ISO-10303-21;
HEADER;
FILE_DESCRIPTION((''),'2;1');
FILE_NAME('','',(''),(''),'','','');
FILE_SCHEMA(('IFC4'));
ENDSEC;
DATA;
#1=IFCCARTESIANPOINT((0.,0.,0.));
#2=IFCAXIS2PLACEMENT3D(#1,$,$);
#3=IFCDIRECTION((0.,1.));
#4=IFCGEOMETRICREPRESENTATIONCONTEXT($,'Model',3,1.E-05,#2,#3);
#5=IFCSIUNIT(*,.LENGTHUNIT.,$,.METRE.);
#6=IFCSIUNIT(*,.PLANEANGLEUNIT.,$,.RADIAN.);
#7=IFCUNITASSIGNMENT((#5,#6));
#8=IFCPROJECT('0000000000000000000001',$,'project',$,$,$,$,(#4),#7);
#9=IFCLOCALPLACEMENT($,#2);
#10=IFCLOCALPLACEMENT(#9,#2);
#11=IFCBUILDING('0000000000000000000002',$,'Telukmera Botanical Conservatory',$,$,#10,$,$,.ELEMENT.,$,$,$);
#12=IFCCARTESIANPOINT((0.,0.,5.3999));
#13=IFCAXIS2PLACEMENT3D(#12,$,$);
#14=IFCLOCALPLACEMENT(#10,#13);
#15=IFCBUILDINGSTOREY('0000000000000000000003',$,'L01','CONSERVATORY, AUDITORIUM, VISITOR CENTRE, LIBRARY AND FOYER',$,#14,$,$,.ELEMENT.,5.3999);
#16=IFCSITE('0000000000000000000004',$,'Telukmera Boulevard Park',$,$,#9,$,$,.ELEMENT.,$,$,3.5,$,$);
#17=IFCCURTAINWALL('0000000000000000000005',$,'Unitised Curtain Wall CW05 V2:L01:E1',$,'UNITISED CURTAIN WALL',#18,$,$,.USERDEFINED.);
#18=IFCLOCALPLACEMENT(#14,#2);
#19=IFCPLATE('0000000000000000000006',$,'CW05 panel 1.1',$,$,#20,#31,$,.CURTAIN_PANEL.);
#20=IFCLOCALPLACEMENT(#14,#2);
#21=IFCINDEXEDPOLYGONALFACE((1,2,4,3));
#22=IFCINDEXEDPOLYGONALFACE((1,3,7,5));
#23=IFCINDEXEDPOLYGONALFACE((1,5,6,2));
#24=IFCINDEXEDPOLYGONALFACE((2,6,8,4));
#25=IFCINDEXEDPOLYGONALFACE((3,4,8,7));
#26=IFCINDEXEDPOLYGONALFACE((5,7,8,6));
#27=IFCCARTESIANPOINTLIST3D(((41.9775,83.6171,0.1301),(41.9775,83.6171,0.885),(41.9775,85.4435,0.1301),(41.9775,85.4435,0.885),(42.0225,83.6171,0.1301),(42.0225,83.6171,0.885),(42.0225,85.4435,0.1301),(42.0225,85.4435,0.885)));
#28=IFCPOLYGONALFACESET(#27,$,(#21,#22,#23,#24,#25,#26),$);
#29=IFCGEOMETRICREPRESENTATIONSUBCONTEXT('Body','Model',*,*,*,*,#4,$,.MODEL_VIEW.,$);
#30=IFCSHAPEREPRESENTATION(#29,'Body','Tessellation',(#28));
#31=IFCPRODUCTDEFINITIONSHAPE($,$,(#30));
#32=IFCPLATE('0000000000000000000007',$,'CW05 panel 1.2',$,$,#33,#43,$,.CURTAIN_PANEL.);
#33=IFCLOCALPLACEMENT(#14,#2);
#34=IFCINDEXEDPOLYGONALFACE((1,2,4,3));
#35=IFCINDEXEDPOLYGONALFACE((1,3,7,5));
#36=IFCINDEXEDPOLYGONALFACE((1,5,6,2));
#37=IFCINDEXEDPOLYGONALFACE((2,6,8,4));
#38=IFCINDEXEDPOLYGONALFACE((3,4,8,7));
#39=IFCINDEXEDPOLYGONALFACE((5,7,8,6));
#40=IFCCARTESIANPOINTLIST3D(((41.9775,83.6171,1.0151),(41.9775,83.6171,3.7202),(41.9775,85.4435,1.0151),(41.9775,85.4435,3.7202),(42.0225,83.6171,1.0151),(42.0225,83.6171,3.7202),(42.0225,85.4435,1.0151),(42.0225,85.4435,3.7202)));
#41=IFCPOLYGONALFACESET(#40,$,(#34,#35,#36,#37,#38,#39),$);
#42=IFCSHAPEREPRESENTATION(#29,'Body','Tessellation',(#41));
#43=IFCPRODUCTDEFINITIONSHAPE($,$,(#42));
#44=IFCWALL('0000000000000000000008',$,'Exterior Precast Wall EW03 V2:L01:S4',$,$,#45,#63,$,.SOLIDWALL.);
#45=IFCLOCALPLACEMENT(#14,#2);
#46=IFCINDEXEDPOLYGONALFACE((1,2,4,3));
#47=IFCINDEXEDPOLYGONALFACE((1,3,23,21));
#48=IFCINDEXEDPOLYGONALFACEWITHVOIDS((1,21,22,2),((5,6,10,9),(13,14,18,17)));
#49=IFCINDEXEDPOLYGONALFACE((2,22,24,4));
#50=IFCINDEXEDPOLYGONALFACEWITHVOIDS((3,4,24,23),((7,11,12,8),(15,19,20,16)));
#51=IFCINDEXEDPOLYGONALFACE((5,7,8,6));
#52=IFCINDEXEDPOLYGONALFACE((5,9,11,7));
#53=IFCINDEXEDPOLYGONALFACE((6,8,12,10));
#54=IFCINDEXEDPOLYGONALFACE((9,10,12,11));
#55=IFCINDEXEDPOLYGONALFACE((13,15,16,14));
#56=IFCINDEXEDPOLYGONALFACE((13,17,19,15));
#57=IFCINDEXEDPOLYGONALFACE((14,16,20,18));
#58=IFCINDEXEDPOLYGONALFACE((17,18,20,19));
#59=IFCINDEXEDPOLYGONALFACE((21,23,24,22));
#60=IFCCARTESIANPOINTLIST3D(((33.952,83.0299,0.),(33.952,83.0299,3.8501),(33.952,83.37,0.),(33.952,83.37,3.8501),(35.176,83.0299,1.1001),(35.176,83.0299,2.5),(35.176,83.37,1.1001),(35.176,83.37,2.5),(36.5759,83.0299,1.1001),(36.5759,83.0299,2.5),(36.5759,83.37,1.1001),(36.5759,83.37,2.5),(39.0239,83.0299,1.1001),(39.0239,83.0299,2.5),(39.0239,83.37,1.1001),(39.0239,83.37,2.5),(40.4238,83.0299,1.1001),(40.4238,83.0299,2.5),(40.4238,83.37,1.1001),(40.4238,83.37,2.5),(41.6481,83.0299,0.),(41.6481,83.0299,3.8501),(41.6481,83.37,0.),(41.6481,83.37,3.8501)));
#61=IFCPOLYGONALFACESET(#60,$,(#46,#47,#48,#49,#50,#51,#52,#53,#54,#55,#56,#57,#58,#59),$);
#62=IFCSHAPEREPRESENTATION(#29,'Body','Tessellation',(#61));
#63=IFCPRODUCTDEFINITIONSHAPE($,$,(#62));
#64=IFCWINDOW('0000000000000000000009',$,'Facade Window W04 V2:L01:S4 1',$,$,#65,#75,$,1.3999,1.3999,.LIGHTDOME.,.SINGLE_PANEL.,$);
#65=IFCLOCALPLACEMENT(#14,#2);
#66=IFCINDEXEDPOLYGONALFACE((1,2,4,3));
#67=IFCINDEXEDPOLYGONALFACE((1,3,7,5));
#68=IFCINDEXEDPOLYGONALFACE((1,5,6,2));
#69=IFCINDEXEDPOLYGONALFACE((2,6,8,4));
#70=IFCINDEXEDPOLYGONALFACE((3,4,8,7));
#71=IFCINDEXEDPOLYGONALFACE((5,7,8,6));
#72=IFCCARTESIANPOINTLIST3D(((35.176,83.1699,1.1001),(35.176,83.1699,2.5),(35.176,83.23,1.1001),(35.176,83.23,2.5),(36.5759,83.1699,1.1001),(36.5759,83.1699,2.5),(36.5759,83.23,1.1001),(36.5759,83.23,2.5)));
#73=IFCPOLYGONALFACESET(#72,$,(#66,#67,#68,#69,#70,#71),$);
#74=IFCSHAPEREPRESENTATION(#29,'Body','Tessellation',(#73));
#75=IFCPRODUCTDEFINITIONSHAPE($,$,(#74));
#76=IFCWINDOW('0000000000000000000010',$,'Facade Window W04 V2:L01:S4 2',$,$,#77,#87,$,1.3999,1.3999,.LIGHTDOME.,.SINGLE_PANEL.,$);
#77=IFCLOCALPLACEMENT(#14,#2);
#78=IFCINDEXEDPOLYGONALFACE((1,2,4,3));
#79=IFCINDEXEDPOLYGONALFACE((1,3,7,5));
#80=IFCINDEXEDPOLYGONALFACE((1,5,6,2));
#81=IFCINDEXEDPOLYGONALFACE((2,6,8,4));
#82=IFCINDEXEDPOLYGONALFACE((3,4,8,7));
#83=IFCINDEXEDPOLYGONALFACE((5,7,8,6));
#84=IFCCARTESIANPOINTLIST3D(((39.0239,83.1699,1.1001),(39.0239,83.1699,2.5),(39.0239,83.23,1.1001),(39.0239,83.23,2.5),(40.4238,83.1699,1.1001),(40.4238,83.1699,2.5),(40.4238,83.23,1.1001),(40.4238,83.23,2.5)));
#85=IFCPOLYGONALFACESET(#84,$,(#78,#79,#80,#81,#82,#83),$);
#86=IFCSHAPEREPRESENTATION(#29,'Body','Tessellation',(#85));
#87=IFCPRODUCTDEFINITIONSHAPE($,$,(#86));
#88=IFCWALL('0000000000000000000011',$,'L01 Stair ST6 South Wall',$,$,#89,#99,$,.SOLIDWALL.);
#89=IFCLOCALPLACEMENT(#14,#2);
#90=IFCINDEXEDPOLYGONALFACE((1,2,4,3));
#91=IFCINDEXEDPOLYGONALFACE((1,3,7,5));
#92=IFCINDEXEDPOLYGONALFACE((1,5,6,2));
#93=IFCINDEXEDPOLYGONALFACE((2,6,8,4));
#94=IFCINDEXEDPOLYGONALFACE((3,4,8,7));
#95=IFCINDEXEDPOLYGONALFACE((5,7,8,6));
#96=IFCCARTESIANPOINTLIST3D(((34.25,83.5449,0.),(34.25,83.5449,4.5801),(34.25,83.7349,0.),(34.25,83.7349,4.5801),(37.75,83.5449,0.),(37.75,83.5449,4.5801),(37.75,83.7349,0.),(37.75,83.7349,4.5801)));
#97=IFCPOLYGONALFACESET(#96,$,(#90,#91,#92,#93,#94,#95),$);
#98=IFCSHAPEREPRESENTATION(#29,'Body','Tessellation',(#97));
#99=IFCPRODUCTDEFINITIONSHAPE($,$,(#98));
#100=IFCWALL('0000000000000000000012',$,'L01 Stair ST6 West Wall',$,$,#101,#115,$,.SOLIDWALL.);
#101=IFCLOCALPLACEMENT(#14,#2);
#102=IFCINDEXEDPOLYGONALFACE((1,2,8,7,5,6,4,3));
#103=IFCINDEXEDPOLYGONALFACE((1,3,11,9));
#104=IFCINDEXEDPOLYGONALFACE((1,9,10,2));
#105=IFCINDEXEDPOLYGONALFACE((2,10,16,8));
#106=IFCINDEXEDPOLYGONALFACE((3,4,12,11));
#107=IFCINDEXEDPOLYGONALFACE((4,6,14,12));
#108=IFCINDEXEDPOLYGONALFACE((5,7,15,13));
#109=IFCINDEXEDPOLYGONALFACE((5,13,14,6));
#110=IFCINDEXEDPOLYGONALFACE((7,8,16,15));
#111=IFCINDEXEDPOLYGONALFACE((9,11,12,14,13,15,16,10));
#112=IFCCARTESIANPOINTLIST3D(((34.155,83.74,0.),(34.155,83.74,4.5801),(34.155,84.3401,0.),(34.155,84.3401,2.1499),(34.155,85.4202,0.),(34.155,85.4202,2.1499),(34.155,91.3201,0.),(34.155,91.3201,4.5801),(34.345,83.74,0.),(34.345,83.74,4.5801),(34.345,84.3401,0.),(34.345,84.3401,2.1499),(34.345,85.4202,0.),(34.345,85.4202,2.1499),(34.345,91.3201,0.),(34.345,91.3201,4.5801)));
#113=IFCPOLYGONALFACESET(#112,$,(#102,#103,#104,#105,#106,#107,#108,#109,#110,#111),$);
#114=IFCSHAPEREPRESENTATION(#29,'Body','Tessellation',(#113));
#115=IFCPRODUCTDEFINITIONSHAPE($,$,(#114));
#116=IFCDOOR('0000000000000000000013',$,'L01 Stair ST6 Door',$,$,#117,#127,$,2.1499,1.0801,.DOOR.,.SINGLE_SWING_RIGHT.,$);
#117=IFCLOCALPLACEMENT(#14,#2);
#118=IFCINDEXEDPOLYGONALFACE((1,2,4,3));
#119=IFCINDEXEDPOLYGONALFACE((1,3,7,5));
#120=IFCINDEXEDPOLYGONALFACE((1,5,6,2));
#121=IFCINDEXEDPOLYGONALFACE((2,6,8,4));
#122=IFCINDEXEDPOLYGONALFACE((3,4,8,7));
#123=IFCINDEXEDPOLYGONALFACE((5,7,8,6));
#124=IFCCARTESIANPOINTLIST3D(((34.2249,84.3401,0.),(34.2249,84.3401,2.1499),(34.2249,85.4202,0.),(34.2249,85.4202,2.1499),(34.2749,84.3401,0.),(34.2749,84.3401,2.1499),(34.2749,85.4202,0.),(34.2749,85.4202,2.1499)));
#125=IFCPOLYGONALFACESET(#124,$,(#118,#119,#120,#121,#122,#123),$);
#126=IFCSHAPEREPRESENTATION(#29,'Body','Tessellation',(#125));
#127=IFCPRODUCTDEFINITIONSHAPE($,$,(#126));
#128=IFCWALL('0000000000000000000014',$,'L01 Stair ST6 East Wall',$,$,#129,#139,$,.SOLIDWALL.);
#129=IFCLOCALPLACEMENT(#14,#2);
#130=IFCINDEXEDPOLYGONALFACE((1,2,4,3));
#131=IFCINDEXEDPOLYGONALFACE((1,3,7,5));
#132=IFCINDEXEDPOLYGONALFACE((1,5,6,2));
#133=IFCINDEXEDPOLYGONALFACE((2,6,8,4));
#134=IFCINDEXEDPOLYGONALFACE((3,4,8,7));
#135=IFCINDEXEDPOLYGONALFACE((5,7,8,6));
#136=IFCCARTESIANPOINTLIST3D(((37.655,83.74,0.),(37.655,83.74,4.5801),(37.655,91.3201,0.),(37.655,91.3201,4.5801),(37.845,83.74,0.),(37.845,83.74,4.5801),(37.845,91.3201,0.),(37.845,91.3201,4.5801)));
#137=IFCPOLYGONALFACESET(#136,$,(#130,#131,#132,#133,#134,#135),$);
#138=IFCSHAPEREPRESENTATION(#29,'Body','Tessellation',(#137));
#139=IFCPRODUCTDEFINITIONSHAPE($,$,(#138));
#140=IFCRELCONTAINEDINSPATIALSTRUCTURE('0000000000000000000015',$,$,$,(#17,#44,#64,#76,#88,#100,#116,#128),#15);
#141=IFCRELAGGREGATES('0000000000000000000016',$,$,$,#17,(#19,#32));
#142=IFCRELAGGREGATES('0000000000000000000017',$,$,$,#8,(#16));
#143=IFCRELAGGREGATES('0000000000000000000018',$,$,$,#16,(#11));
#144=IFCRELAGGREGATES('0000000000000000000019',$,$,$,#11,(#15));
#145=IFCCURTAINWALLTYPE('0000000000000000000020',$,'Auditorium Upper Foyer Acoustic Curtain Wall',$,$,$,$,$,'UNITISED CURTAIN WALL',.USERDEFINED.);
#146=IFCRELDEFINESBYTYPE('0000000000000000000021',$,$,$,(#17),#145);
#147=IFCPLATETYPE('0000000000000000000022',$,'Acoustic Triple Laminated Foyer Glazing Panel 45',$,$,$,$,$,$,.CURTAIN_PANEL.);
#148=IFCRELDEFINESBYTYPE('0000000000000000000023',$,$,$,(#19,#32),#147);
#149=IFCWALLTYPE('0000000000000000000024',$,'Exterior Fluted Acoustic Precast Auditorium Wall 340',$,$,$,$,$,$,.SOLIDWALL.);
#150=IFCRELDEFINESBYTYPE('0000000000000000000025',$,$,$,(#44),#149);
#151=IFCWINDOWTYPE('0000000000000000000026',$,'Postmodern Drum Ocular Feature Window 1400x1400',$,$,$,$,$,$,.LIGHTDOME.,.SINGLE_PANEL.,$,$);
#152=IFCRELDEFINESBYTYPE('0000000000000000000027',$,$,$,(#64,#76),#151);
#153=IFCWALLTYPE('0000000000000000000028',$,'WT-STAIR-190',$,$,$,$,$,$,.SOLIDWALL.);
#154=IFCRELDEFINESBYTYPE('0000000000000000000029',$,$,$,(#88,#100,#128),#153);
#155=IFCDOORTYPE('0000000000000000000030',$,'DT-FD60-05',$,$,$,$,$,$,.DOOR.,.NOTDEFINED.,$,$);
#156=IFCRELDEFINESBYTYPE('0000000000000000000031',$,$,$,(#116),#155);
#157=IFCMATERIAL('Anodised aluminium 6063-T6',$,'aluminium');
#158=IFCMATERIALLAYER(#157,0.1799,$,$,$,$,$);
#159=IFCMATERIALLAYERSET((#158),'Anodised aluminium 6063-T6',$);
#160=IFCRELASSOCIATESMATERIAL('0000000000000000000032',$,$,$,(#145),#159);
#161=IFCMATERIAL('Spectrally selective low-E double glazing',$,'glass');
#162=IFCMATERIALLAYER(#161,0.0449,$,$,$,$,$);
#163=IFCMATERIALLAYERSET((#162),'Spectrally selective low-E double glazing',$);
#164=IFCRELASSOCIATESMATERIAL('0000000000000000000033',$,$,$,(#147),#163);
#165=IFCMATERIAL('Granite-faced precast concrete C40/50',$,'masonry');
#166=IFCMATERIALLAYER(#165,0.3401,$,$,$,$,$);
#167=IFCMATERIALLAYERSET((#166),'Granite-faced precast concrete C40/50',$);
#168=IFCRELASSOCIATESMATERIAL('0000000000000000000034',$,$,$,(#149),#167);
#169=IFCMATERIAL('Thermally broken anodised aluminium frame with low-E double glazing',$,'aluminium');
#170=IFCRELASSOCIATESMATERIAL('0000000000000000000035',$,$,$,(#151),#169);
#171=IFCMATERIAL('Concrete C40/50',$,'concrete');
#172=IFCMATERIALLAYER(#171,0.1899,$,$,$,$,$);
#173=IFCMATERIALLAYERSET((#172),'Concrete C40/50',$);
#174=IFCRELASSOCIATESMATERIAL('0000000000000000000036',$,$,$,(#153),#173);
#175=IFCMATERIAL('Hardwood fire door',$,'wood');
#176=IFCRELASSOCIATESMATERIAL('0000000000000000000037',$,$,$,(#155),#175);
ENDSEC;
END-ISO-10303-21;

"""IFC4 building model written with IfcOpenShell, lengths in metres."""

from ifc_helpers import new_model, si_unit, direction, frame, frame_2d, origin, origin_2d, place, context, subcontext, project, spatial, rectangle, extrude, material, layer, layer_set, type_object, element, fill, aggregate, save


model = new_model("IFC4")

# Units and contexts
model_context = context("Model", 3, precision=1e-05, world=origin(), true_north=direction((0.0, 1.0)))
body_context = subcontext(model_context, "Body", "Model", "MODEL_VIEW")
ifc_project = project(units=[si_unit("LENGTHUNIT", "METRE"), si_unit("PLANEANGLEUNIT", "RADIAN")], contexts=[model_context])

# Site, building, storey
site_placement = place(None, origin())
site = spatial("IfcSite", under=ifc_project, at=site_placement, Name="Telukmera Boulevard Park", CompositionType="ELEMENT", RefElevation=3.5)
building_placement = place(site_placement, origin())
building = spatial("IfcBuilding", under=site, at=building_placement, Name="Telukmera Botanical Conservatory", CompositionType="ELEMENT")
storey_placement = place(building_placement, frame((0.0, 0.0, 5.3999)))
storey = spatial("IfcBuildingStorey", under=building, at=storey_placement, Name="L01", Description="CONSERVATORY, AUDITORIUM, VISITOR CENTRE, LIBRARY AND FOYER", CompositionType="ELEMENT", Elevation=5.3999)

# Shared definitions
ifc_material_1 = material(Name="Concrete C40/50", Category="concrete")

# Shared definitions
ifc_material_2 = material(Name="Anodised aluminium 6063-T6", Category="aluminium")
ifc_layer_1 = layer(ifc_material_2, 0.1799)
ifc_layer_set_1 = layer_set([ifc_layer_1], Name="Anodised aluminium 6063-T6")
curtain_wall_type = type_object("IfcCurtainWallType", Name="Auditorium Upper Foyer Acoustic Curtain Wall", ElementType="UNITISED CURTAIN WALL", PredefinedType="USERDEFINED", material=ifc_layer_set_1)

# Curtain wall, plates
curtain_wall_1_placement = place(storey_placement, origin())
curtain_wall_1 = element("IfcCurtainWall", 1, at=curtain_wall_1_placement, inside=storey, type_object=curtain_wall_type, Name="Unitised Curtain Wall CW05 V2:L01:E1", ObjectType="UNITISED CURTAIN WALL", PredefinedType="USERDEFINED")
ifc_material_3 = material(Name="Spectrally selective low-E double glazing", Category="glass")
ifc_layer_2 = layer(ifc_material_3, 0.0449)
ifc_layer_set_2 = layer_set([ifc_layer_2], Name="Spectrally selective low-E double glazing")
plate_type = type_object("IfcPlateType", Name="Acoustic Triple Laminated Foyer Glazing Panel 45", PredefinedType="CURTAIN_PANEL", material=ifc_layer_set_2)
plate_1_placement = place(storey_placement, frame((42.0, 84.5303, 0.1301), z_axis=(0.0, 0.0, 1.0), x_axis=(0.0, 1.0, 0.0)))
plate_1 = element("IfcPlate", 2, at=plate_1_placement, type_object=plate_type, Name="CW05 panel 1.1", PredefinedType="CURTAIN_PANEL", context=body_context, shape_type="SweptSolid", body=[
    extrude(rectangle(XDim=1.8264, YDim=0.0449, at=origin_2d()), origin(), (0.0, 0.0, 1.0), 0.7549),
])
plate_2_placement = place(storey_placement, frame((42.0, 84.5303, 1.0151), z_axis=(0.0, 0.0, 1.0), x_axis=(0.0, 1.0, 0.0)))
plate_2 = element("IfcPlate", 3, at=plate_2_placement, type_object=plate_type, Name="CW05 panel 1.2", PredefinedType="CURTAIN_PANEL", context=body_context, shape_type="SweptSolid", body=[
    extrude(rectangle(XDim=1.8264, YDim=0.0449, at=origin_2d()), origin(), (0.0, 0.0, 1.0), 2.7051),
])
aggregate(curtain_wall_1, [plate_1, plate_2])

# Wall, openings, windows
ifc_material_4 = material(Name="Granite-faced precast concrete C40/50", Category="masonry")
ifc_layer_3 = layer(ifc_material_4, 0.3401)
ifc_layer_set_3 = layer_set([ifc_layer_3], Name="Granite-faced precast concrete C40/50")
wall_type_1 = type_object("IfcWallType", Name="Exterior Fluted Acoustic Precast Auditorium Wall 340", PredefinedType="SOLIDWALL", material=ifc_layer_set_3)
wall_1_placement = place(storey_placement, frame((33.9519, 83.2, 0.0), z_axis=(0.0, 0.0, 1.0), x_axis=(1.0, 0.0, 0.0)))
wall_1 = element("IfcWall", 4, at=wall_1_placement, inside=storey, type_object=wall_type_1, Name="Exterior Precast Wall EW03 V2:L01:S4", PredefinedType="SOLIDWALL", context=body_context, shape_type="SweptSolid", body=[
    extrude(rectangle(XDim=7.696, YDim=0.3401, at=frame_2d((3.8481, 0.0))), origin(), (0.0, 0.0, 1.0), 3.8501),
])
opening_1_placement = place(wall_1_placement, frame((1.2241, 0.0, 1.1001)))
opening_1 = element("IfcOpeningElement", 5, at=opening_1_placement, cuts=wall_1, PredefinedType="OPENING", context=body_context, shape_type="SweptSolid", body=[
    extrude(rectangle(XDim=1.3999, YDim=1.3999, at=frame_2d((0.7, 0.7))), frame((0.0, 0.1799, 0.0), z_axis=(0.0, -1.0, 0.0), x_axis=(1.0, 0.0, 0.0)), (0.0, 0.0, 1.0), 0.3601),
])
opening_2_placement = place(wall_1_placement, frame((5.072, 0.0, 1.1001)))
opening_2 = element("IfcOpeningElement", 6, at=opening_2_placement, cuts=wall_1, PredefinedType="OPENING", context=body_context, shape_type="SweptSolid", body=[
    extrude(rectangle(XDim=1.3999, YDim=1.3999, at=frame_2d((0.7, 0.7))), frame((0.0, 0.1799, 0.0), z_axis=(0.0, -1.0, 0.0), x_axis=(1.0, 0.0, 0.0)), (0.0, 0.0, 1.0), 0.3601),
])
ifc_material_5 = material(Name="Thermally broken anodised aluminium frame with low-E double glazing", Category="aluminium")
window_type = type_object("IfcWindowType", Name="Postmodern Drum Ocular Feature Window 1400x1400", PartitioningType="SINGLE_PANEL", PredefinedType="LIGHTDOME", material=ifc_material_5)
window_1_placement = place(opening_1_placement, origin())
window_1 = element("IfcWindow", 7, at=window_1_placement, inside=storey, type_object=window_type, Name="Facade Window W04 V2:L01:S4 1", OverallHeight=1.3999, OverallWidth=1.3999, PartitioningType="SINGLE_PANEL", PredefinedType="LIGHTDOME", context=body_context, shape_type="SweptSolid", body=[
    extrude(rectangle(XDim=1.3999, YDim=1.3999, at=frame_2d((0.7, 0.7))), frame((0.0, 0.03, 0.0), z_axis=(0.0, -1.0, 0.0), x_axis=(1.0, 0.0, 0.0)), (0.0, 0.0, 1.0), 0.0601),
])
fill(opening_1, window_1)
window_2_placement = place(opening_2_placement, origin())
window_2 = element("IfcWindow", 8, at=window_2_placement, inside=storey, type_object=window_type, Name="Facade Window W04 V2:L01:S4 2", OverallHeight=1.3999, OverallWidth=1.3999, PartitioningType="SINGLE_PANEL", PredefinedType="LIGHTDOME", context=body_context, shape_type="SweptSolid", body=[
    extrude(rectangle(XDim=1.3999, YDim=1.3999, at=frame_2d((0.7, 0.7))), frame((0.0, 0.03, 0.0), z_axis=(0.0, -1.0, 0.0), x_axis=(1.0, 0.0, 0.0)), (0.0, 0.0, 1.0), 0.0601),
])
fill(opening_2, window_2)

# Wall
ifc_layer_4 = layer(ifc_material_1, 0.1899)
ifc_layer_set_4 = layer_set([ifc_layer_4], Name="Concrete C40/50")
wall_type_2 = type_object("IfcWallType", Name="WT-STAIR-190", PredefinedType="SOLIDWALL", material=ifc_layer_set_4)
wall_2_placement = place(storey_placement, frame((34.25, 83.6399, 0.0), z_axis=(0.0, 0.0, 1.0), x_axis=(1.0, 0.0, 0.0)))
element("IfcWall", 9, at=wall_2_placement, inside=storey, type_object=wall_type_2, Name="L01 Stair ST6 South Wall", PredefinedType="SOLIDWALL", context=body_context, shape_type="SweptSolid", body=[
    extrude(rectangle(XDim=3.5, YDim=0.1899, at=frame_2d((1.75, 0.0))), origin(), (0.0, 0.0, 1.0), 4.5801),
])

# Wall, opening, door
wall_3_placement = place(storey_placement, frame((34.25, 83.74, 0.0), z_axis=(0.0, 0.0, 1.0), x_axis=(0.0, 1.0, 0.0)))
wall_3 = element("IfcWall", 10, at=wall_3_placement, inside=storey, type_object=wall_type_2, Name="L01 Stair ST6 West Wall", PredefinedType="SOLIDWALL", context=body_context, shape_type="SweptSolid", body=[
    extrude(rectangle(XDim=7.5801, YDim=0.1899, at=frame_2d((3.79, 0.0))), origin(), (0.0, 0.0, 1.0), 4.5801),
])
opening_3_placement = place(wall_3_placement, frame((0.6001, 0.0, 0.0)))
opening_3 = element("IfcOpeningElement", 11, at=opening_3_placement, cuts=wall_3, PredefinedType="OPENING", context=body_context, shape_type="SweptSolid", body=[
    extrude(rectangle(XDim=1.0801, YDim=2.1499, at=frame_2d((0.54, 1.075))), frame((0.0, 0.105, 0.0), z_axis=(0.0, -1.0, 0.0), x_axis=(1.0, 0.0, 0.0)), (0.0, 0.0, 1.0), 0.21),
])
ifc_material_6 = material(Name="Hardwood fire door", Category="wood")
door_type = type_object("IfcDoorType", Name="DT-FD60-05", OperationType="NOTDEFINED", PredefinedType="DOOR", material=ifc_material_6)
door_placement = place(opening_3_placement, frame((1.0801, 0.0, 0.0), z_axis=(0.0, 0.0, 1.0), x_axis=(-1.0, 0.0, 0.0)))
door = element("IfcDoor", 12, at=door_placement, inside=storey, type_object=door_type, Name="L01 Stair ST6 Door", OperationType="SINGLE_SWING_RIGHT", OverallHeight=2.1499, OverallWidth=1.0801, PredefinedType="DOOR", context=body_context, shape_type="SweptSolid", body=[
    extrude(rectangle(XDim=1.0801, YDim=2.1499, at=frame_2d((0.54, 1.075))), frame((0.0, 0.0249, 0.0), z_axis=(0.0, -1.0, 0.0), x_axis=(1.0, 0.0, 0.0)), (0.0, 0.0, 1.0), 0.05),
])
fill(opening_3, door)

# Wall
wall_4_placement = place(storey_placement, frame((37.75, 83.74, 0.0), z_axis=(0.0, 0.0, 1.0), x_axis=(0.0, 1.0, 0.0)))
element("IfcWall", 13, at=wall_4_placement, inside=storey, type_object=wall_type_2, Name="L01 Stair ST6 East Wall", PredefinedType="SOLIDWALL", context=body_context, shape_type="SweptSolid", body=[
    extrude(rectangle(XDim=7.5801, YDim=0.1899, at=frame_2d((3.79, 0.0))), origin(), (0.0, 0.0, 1.0), 4.5801),
])

save(model, "model.ifc")
